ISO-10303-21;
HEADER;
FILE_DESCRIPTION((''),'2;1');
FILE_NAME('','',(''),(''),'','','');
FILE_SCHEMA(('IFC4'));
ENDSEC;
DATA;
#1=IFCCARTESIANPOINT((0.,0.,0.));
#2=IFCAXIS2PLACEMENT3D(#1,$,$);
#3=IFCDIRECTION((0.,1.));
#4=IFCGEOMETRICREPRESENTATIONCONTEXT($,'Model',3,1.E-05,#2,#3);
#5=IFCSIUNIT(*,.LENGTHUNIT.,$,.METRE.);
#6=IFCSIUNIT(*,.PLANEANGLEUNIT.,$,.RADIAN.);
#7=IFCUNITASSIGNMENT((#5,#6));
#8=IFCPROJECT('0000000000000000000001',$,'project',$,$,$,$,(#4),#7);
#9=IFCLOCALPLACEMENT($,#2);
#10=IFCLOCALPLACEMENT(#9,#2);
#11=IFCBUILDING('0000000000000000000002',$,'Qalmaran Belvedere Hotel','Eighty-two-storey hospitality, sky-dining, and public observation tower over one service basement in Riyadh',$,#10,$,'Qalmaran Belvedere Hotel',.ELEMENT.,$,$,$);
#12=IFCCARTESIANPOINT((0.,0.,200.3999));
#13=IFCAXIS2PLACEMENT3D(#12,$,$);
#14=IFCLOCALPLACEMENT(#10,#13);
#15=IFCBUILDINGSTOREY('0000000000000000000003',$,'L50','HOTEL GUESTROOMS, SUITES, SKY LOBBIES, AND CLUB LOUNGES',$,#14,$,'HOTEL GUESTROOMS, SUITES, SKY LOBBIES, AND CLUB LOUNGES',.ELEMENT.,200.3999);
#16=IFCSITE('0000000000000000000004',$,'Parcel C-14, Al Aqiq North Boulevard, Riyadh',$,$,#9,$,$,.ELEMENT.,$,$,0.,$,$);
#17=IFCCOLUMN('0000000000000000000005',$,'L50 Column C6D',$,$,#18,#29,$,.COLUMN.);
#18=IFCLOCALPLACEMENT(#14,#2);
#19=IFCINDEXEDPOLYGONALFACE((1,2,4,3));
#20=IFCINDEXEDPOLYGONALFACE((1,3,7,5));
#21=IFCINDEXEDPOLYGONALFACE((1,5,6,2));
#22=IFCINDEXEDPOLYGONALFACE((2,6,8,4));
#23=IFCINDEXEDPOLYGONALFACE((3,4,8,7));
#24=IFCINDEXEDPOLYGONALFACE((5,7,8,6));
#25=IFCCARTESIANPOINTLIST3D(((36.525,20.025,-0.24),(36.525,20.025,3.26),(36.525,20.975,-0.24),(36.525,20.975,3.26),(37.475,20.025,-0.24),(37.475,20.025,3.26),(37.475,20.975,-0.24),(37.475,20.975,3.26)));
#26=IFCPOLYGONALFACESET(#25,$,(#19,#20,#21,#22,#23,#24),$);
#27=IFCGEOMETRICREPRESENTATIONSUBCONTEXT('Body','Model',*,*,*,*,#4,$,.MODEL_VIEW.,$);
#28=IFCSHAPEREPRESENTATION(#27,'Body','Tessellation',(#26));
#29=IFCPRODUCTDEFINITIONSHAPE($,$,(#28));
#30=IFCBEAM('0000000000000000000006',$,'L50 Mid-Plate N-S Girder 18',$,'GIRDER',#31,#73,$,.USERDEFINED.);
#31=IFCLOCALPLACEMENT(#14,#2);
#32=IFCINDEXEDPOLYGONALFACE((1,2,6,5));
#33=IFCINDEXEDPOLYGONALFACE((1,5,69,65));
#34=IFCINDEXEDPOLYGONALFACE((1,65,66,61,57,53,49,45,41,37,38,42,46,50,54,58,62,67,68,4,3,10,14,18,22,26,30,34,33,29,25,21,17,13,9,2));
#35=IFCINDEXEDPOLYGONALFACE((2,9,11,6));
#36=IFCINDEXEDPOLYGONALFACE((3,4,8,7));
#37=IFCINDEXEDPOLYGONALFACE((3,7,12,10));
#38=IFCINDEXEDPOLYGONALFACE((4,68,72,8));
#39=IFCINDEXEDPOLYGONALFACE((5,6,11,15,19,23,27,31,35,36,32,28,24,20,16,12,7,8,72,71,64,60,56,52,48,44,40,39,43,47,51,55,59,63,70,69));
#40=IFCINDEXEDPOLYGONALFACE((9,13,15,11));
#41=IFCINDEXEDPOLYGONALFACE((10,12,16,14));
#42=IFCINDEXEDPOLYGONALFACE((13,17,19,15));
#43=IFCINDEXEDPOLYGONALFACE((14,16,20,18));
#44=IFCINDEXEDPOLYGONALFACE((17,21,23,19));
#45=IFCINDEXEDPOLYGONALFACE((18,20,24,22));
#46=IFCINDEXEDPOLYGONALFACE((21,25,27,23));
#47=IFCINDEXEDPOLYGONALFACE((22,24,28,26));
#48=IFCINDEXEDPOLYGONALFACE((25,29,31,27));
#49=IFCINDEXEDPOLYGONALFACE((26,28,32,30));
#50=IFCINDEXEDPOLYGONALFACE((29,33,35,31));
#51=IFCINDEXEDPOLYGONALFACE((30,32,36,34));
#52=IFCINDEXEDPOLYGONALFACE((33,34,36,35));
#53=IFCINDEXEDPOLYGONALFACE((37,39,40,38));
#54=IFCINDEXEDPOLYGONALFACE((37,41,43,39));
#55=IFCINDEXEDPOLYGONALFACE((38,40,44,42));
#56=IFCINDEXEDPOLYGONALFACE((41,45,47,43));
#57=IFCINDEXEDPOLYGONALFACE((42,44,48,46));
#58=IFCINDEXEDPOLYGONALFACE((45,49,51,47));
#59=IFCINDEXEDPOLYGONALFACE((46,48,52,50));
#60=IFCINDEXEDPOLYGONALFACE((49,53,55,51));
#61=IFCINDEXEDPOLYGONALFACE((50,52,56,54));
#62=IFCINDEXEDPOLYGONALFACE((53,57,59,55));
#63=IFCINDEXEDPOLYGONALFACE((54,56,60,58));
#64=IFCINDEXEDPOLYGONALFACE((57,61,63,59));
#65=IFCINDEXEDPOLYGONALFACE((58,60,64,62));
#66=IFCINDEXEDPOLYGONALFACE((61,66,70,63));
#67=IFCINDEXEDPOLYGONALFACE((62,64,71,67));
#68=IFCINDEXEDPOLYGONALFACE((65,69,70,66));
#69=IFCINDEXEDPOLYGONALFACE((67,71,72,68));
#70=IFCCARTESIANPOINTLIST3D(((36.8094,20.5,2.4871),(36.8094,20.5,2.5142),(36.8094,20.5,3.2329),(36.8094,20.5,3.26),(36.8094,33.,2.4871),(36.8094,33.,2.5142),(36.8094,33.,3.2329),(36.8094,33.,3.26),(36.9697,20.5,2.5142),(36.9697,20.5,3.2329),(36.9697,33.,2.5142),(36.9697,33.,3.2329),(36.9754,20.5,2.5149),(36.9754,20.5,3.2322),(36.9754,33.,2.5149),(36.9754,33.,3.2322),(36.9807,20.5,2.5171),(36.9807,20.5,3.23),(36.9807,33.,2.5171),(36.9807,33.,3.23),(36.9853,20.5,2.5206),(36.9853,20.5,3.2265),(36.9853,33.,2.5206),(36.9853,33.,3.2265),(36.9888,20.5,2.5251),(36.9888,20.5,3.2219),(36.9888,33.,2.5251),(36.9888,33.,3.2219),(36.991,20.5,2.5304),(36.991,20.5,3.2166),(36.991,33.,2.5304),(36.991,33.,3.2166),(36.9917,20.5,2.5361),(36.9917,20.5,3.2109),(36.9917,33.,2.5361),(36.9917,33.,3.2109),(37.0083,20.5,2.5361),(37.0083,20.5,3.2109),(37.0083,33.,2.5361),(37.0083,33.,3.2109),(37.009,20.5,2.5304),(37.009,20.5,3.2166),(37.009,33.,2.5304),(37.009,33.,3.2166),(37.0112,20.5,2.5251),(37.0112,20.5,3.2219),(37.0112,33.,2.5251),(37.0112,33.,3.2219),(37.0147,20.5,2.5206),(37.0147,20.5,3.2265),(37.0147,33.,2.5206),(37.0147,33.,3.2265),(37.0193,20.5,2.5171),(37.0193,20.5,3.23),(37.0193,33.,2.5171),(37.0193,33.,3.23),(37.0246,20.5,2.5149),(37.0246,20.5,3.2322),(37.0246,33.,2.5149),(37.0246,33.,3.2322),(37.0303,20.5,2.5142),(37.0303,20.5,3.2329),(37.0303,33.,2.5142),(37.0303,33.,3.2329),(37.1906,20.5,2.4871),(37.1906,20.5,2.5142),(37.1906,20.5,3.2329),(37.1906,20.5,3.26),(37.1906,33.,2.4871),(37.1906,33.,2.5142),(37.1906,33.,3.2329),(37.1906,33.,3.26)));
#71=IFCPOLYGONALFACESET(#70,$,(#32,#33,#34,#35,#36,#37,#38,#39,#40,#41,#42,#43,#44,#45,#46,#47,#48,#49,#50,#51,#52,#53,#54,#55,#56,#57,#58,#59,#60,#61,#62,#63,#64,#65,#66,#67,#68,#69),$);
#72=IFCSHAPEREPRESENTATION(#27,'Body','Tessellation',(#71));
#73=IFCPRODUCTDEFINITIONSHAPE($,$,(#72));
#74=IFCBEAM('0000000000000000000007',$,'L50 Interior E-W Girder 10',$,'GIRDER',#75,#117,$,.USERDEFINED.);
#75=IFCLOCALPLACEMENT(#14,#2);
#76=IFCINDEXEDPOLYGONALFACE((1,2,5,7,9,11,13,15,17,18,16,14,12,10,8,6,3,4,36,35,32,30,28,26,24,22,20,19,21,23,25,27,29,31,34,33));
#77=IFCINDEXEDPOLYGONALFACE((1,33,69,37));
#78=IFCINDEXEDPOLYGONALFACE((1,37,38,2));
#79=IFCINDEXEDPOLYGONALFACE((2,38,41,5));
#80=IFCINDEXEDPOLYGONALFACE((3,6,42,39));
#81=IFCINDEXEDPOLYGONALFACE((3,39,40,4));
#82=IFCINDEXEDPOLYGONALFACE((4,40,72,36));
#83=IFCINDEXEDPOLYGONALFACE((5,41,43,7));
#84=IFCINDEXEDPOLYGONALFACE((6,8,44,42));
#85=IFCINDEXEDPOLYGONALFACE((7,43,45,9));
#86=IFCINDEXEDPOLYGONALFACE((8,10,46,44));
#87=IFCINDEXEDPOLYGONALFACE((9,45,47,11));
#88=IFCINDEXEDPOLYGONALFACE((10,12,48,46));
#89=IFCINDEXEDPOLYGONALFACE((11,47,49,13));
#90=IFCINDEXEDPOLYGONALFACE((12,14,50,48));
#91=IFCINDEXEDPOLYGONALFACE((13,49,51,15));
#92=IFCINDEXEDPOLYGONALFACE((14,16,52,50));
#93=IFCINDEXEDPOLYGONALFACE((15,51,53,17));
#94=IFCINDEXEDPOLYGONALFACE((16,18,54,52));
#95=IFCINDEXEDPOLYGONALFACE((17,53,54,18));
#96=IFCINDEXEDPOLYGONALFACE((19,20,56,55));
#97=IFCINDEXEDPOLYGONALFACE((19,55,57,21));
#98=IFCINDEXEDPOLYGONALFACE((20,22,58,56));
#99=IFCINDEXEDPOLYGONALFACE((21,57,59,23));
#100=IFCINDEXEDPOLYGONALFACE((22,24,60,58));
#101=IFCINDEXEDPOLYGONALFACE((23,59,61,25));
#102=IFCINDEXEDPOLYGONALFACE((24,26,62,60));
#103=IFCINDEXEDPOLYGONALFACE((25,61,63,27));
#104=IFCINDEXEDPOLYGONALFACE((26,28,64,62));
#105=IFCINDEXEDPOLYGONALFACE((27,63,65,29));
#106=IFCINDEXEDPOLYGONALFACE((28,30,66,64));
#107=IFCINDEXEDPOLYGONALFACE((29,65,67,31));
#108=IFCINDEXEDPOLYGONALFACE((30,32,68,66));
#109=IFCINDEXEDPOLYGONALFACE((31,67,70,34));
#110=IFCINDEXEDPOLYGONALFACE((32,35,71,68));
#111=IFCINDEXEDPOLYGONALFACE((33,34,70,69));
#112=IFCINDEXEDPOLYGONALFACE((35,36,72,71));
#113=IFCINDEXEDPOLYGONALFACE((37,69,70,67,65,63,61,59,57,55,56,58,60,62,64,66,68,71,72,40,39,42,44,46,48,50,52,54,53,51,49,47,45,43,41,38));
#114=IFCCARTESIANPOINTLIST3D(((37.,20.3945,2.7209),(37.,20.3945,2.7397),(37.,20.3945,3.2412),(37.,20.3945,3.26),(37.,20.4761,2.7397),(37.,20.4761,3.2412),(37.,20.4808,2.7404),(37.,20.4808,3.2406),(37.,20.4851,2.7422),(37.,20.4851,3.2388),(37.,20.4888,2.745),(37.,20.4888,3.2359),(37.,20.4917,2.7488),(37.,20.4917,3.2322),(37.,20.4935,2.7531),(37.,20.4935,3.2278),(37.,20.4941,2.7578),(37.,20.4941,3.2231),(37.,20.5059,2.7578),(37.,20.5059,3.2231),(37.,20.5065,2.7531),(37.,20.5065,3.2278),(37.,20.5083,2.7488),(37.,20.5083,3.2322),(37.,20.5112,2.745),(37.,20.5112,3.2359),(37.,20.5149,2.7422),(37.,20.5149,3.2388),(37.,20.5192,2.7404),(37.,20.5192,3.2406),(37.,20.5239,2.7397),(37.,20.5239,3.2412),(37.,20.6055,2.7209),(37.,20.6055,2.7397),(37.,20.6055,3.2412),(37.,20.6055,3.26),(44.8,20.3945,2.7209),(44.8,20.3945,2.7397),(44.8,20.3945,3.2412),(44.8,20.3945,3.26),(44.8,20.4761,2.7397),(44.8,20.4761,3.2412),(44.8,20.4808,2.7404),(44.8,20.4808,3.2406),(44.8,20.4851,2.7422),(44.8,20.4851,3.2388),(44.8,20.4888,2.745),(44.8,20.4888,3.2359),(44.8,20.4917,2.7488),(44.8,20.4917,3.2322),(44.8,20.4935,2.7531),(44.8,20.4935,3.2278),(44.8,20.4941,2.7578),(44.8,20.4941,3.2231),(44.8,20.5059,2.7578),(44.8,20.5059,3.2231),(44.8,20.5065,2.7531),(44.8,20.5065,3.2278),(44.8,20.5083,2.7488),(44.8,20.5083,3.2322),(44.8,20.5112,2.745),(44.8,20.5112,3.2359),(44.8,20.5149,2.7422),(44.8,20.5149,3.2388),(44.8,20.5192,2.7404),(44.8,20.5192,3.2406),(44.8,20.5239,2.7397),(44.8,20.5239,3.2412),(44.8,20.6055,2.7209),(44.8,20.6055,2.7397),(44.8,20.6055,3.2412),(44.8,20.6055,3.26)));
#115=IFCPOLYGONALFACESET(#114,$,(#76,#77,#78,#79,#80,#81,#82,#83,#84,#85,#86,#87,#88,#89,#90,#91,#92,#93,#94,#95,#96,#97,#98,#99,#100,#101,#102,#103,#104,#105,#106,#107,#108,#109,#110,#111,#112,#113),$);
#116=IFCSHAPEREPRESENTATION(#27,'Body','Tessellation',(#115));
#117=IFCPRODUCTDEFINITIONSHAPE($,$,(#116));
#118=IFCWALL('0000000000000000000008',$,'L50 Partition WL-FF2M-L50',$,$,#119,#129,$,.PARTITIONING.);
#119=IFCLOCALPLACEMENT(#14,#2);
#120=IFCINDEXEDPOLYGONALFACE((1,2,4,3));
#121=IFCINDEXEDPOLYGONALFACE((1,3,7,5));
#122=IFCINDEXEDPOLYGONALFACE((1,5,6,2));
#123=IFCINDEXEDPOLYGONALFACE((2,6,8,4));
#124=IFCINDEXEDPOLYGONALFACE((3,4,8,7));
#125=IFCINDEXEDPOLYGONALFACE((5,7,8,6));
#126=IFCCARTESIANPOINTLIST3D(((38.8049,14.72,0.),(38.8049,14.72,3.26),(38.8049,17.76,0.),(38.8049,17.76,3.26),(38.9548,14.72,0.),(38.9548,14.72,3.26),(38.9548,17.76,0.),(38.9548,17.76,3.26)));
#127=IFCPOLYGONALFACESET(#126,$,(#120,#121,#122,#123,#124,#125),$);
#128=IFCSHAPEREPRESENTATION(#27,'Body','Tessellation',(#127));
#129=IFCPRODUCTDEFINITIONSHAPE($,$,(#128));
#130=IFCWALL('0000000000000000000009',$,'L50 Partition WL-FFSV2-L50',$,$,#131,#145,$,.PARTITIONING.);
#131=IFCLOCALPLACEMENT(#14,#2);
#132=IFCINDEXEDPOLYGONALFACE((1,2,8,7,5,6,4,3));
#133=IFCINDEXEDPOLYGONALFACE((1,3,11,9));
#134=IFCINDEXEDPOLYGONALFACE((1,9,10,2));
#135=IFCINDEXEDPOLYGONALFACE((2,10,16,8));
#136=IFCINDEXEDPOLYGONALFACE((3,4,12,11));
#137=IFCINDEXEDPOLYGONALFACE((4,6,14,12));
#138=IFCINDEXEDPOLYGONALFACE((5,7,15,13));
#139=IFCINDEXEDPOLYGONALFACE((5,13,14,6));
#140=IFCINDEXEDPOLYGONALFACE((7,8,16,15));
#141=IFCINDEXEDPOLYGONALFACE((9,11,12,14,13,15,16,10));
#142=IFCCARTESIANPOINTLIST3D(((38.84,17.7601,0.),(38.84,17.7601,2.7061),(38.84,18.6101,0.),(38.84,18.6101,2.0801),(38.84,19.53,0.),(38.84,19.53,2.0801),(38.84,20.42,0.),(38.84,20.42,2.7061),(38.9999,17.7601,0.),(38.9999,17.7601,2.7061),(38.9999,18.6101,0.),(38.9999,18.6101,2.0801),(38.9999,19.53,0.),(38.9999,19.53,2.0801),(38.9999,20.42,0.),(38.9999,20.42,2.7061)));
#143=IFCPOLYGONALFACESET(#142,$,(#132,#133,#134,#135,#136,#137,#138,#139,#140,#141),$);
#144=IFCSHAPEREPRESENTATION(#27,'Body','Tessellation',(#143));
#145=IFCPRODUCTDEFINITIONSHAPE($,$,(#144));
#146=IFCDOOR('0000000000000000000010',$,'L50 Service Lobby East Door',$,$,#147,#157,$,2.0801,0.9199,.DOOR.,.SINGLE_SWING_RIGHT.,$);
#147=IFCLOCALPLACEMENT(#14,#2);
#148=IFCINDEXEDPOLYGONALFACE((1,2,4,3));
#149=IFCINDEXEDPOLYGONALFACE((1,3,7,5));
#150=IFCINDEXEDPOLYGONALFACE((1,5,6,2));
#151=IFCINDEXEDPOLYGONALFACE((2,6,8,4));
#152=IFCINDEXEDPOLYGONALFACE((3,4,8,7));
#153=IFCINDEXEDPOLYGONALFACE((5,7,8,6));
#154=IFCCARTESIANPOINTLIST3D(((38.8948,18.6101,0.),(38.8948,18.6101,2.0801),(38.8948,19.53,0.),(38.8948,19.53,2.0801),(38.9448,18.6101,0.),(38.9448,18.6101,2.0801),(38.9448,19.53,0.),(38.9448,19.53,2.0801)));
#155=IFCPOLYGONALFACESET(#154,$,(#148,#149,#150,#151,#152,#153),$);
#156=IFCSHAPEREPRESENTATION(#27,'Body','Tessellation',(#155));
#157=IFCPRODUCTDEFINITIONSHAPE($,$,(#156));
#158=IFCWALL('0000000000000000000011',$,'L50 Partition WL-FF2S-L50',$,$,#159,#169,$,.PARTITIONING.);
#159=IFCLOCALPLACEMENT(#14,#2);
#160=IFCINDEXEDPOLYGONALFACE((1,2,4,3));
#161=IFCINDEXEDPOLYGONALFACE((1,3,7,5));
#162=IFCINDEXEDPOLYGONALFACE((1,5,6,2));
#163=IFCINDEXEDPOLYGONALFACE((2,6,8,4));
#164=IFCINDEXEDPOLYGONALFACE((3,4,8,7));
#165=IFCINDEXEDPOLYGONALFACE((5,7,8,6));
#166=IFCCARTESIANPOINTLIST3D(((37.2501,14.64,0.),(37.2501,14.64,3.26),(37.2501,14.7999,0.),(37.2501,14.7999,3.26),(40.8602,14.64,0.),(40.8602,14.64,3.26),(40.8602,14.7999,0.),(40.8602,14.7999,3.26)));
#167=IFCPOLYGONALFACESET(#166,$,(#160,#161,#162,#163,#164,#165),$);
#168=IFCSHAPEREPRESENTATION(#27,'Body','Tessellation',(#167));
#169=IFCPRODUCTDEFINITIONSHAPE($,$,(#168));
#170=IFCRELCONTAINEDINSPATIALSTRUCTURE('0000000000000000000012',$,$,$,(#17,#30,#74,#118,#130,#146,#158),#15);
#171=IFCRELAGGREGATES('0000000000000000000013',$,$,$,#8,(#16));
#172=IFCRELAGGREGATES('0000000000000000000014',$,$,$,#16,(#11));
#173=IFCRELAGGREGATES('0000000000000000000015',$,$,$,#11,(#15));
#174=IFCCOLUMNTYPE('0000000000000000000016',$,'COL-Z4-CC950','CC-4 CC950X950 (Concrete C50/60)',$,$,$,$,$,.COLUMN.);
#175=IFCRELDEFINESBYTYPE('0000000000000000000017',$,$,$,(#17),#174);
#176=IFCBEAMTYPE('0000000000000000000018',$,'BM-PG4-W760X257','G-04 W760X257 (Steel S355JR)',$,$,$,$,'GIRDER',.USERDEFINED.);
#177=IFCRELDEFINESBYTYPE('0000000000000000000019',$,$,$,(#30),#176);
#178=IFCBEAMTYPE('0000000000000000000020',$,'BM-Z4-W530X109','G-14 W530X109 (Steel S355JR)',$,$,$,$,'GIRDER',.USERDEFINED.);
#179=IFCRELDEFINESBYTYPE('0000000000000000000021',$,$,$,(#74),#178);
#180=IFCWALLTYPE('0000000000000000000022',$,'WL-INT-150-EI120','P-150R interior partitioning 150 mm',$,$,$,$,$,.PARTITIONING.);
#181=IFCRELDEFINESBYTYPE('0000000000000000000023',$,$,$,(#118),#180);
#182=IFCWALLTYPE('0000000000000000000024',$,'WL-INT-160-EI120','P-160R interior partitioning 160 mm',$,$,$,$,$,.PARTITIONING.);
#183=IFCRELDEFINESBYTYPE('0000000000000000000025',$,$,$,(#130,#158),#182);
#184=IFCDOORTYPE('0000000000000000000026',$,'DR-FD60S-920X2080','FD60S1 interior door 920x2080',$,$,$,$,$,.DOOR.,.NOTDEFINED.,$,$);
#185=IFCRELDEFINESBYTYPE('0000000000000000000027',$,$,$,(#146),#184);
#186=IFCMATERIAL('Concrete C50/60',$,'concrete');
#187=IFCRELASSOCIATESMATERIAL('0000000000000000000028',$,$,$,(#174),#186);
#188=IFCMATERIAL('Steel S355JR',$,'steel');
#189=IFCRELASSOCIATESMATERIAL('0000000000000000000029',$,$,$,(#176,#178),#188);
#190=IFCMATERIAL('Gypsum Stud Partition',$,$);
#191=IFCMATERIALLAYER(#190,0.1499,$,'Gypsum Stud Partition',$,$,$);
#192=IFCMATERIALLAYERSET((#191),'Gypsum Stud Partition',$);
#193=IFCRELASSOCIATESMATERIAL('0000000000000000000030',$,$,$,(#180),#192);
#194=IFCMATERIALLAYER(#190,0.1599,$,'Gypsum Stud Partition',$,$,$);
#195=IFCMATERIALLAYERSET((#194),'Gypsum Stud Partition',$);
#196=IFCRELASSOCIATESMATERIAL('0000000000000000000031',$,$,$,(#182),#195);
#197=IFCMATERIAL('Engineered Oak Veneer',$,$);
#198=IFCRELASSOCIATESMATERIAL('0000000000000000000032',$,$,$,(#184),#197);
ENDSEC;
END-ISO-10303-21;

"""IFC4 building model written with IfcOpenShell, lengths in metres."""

from ifc_helpers import new_model, si_unit, direction, frame, frame_2d, origin, origin_2d, place, context, subcontext, project, spatial, rectangle, i_section, extrude, material, layer, layer_set, material_profile, profile_set, type_object, element, fill, save


model = new_model("IFC4")

# Units and contexts
model_context = context("Model", 3, precision=1e-05, world=origin(), true_north=direction((0.0, 1.0)))
body_context = subcontext(model_context, "Body", "Model", "MODEL_VIEW")
ifc_project = project(units=[si_unit("LENGTHUNIT", "METRE"), si_unit("PLANEANGLEUNIT", "RADIAN")], contexts=[model_context])

# Site, building, storey
site_placement = place(None, origin())
site = spatial("IfcSite", under=ifc_project, at=site_placement, Name="Parcel C-14, Al Aqiq North Boulevard, Riyadh", CompositionType="ELEMENT", RefElevation=0.0)
building_placement = place(site_placement, origin())
building = spatial("IfcBuilding", under=site, at=building_placement, Name="Qalmaran Belvedere Hotel", Description="Eighty-two-storey hospitality, sky-dining, and public observation tower over one service basement in Riyadh", LongName="Qalmaran Belvedere Hotel", CompositionType="ELEMENT")
storey_placement = place(building_placement, frame((0.0, 0.0, 200.3999)))
storey = spatial("IfcBuildingStorey", under=building, at=storey_placement, Name="L50", Description="HOTEL GUESTROOMS, SUITES, SKY LOBBIES, AND CLUB LOUNGES", LongName="HOTEL GUESTROOMS, SUITES, SKY LOBBIES, AND CLUB LOUNGES", CompositionType="ELEMENT", Elevation=200.3999)

# Column
ifc_material_1 = material(Name="Concrete C50/60", Category="concrete")
ifc_material_profile_1 = material_profile(ifc_material_1, rectangle(XDim=0.95, YDim=0.95, at=origin_2d()), Name="CC950X950")
ifc_profile_set_1 = profile_set([ifc_material_profile_1], Name="Concrete C50/60")
column_type = type_object("IfcColumnType", Name="COL-Z4-CC950", Description="CC-4 CC950X950 (Concrete C50/60)", PredefinedType="COLUMN", material=ifc_profile_set_1)
column_placement = place(storey_placement, frame((37.0, 20.5, -0.24), z_axis=(0.0, 0.0, 1.0), x_axis=(1.0, 0.0, 0.0)))
element("IfcColumn", 1, at=column_placement, inside=storey, type_object=column_type, Name="L50 Column C6D", PredefinedType="COLUMN", context=body_context, shape_type="SweptSolid", body=[
    extrude(rectangle(XDim=0.95, YDim=0.95, at=origin_2d()), origin(), (0.0, 0.0, 1.0), 3.5),
])

# Beams
ifc_material_2 = material(Name="Steel S355JR", Category="steel")
ifc_material_profile_2 = material_profile(ifc_material_2, i_section(OverallWidth=0.3811, OverallDepth=0.7729, WebThickness=0.0166, FlangeThickness=0.0271, FilletRadius=0.022, at=origin_2d()), Name="W760X257")
ifc_profile_set_2 = profile_set([ifc_material_profile_2], Name="Steel S355JR")
beam_type_1 = type_object("IfcBeamType", Name="BM-PG4-W760X257", Description="G-04 W760X257 (Steel S355JR)", ElementType="GIRDER", PredefinedType="USERDEFINED", material=ifc_profile_set_2)
beam_1_placement = place(storey_placement, frame((37.0, 20.5, 2.8735), z_axis=(0.0, 1.0, 0.0), x_axis=(-1.0, 0.0, 0.0)))
element("IfcBeam", 2, at=beam_1_placement, inside=storey, type_object=beam_type_1, Name="L50 Mid-Plate N-S Girder 18", ObjectType="GIRDER", PredefinedType="USERDEFINED", context=body_context, shape_type="SweptSolid", body=[
    extrude(i_section(OverallWidth=0.3811, OverallDepth=0.7729, WebThickness=0.0166, FlangeThickness=0.0271, FilletRadius=0.022, at=origin_2d()), origin(), (0.0, 0.0, 1.0), 12.5),
])
ifc_material_profile_3 = material_profile(ifc_material_2, i_section(OverallWidth=0.2109, OverallDepth=0.5391, WebThickness=0.0117, FlangeThickness=0.0188, FilletRadius=0.0181, at=origin_2d()), Name="W530X109")
ifc_profile_set_3 = profile_set([ifc_material_profile_3], Name="Steel S355JR")
beam_type_2 = type_object("IfcBeamType", Name="BM-Z4-W530X109", Description="G-14 W530X109 (Steel S355JR)", ElementType="GIRDER", PredefinedType="USERDEFINED", material=ifc_profile_set_3)
beam_2_placement = place(storey_placement, frame((37.0, 20.5, 2.9905), z_axis=(1.0, 0.0, 0.0), x_axis=(0.0, 1.0, 0.0)))
element("IfcBeam", 3, at=beam_2_placement, inside=storey, type_object=beam_type_2, Name="L50 Interior E-W Girder 10", ObjectType="GIRDER", PredefinedType="USERDEFINED", context=body_context, shape_type="SweptSolid", body=[
    extrude(i_section(OverallWidth=0.2109, OverallDepth=0.5391, WebThickness=0.0117, FlangeThickness=0.0188, FilletRadius=0.0181, at=origin_2d()), origin(), (0.0, 0.0, 1.0), 7.8),
])

# Wall
ifc_material_3 = material(Name="Gypsum Stud Partition")
ifc_layer_1 = layer(ifc_material_3, 0.1499, Name="Gypsum Stud Partition")
ifc_layer_set_1 = layer_set([ifc_layer_1], Name="Gypsum Stud Partition")
wall_type_1 = type_object("IfcWallType", Name="WL-INT-150-EI120", Description="P-150R interior partitioning 150 mm", PredefinedType="PARTITIONING", material=ifc_layer_set_1)
wall_1_placement = place(storey_placement, frame((38.8799, 14.72, 0.0), z_axis=(0.0, 0.0, 1.0), x_axis=(0.0, 1.0, 0.0)))
element("IfcWall", 4, at=wall_1_placement, inside=storey, type_object=wall_type_1, Name="L50 Partition WL-FF2M-L50", PredefinedType="PARTITIONING", context=body_context, shape_type="SweptSolid", body=[
    extrude(rectangle(XDim=3.04, YDim=0.1499, at=frame_2d((1.52, 0.0))), origin(), (0.0, 0.0, 1.0), 3.26),
])

# Wall, opening, door
ifc_layer_2 = layer(ifc_material_3, 0.1599, Name="Gypsum Stud Partition")
ifc_layer_set_2 = layer_set([ifc_layer_2], Name="Gypsum Stud Partition")
wall_type_2 = type_object("IfcWallType", Name="WL-INT-160-EI120", Description="P-160R interior partitioning 160 mm", PredefinedType="PARTITIONING", material=ifc_layer_set_2)
wall_2_placement = place(storey_placement, frame((38.9199, 17.76, 0.0), z_axis=(0.0, 0.0, 1.0), x_axis=(0.0, 1.0, 0.0)))
wall_2 = element("IfcWall", 5, at=wall_2_placement, inside=storey, type_object=wall_type_2, Name="L50 Partition WL-FFSV2-L50", PredefinedType="PARTITIONING", context=body_context, shape_type="SweptSolid", body=[
    extrude(rectangle(XDim=2.6599, YDim=0.1599, at=frame_2d((1.3301, 0.0))), origin(), (0.0, 0.0, 1.0), 2.7061),
])
opening_1_placement = place(wall_2_placement, frame((1.77, 0.0, 0.0), z_axis=(0.0, 0.0, 1.0), x_axis=(-1.0, 0.0, 0.0)))
opening_1 = element("IfcOpeningElement", 6, at=opening_1_placement, cuts=wall_2, PredefinedType="OPENING", context=body_context, shape_type="SweptSolid", body=[
    extrude(rectangle(XDim=0.9199, YDim=2.0801, at=frame_2d((0.46, 1.04))), frame((0.0, 0.0898, 0.0), z_axis=(0.0, -1.0, 0.0), x_axis=(1.0, 0.0, 0.0)), (0.0, 0.0, 1.0), 0.1799),
])
ifc_material_4 = material(Name="Engineered Oak Veneer")
door_type_1 = type_object("IfcDoorType", Name="DR-FD60S-920X2080", Description="FD60S1 interior door 920x2080", OperationType="NOTDEFINED", PredefinedType="DOOR", material=ifc_material_4)
door_1_placement = place(opening_1_placement, origin())
door_1 = element("IfcDoor", 7, at=door_1_placement, inside=storey, type_object=door_type_1, Name="L50 Service Lobby East Door", OperationType="SINGLE_SWING_RIGHT", OverallHeight=2.0801, OverallWidth=0.9199, PredefinedType="DOOR", context=body_context, shape_type="SweptSolid", body=[
    extrude(rectangle(XDim=0.9199, YDim=2.0801, at=frame_2d((0.46, 1.04))), frame((0.0, 0.0249, 0.0), z_axis=(0.0, -1.0, 0.0), x_axis=(1.0, 0.0, 0.0)), (0.0, 0.0, 1.0), 0.05),
])
fill(opening_1, door_1)

# Wall
wall_3_placement = place(storey_placement, frame((37.25, 14.72, 0.0), z_axis=(0.0, 0.0, 1.0), x_axis=(1.0, 0.0, 0.0)))
element("IfcWall", 8, at=wall_3_placement, inside=storey, type_object=wall_type_2, Name="L50 Partition WL-FF2S-L50", PredefinedType="PARTITIONING", context=body_context, shape_type="SweptSolid", body=[
    extrude(rectangle(XDim=3.6101, YDim=0.1599, at=frame_2d((1.8052, 0.0))), origin(), (0.0, 0.0, 1.0), 3.26),
])

save(model, "model.ifc")
